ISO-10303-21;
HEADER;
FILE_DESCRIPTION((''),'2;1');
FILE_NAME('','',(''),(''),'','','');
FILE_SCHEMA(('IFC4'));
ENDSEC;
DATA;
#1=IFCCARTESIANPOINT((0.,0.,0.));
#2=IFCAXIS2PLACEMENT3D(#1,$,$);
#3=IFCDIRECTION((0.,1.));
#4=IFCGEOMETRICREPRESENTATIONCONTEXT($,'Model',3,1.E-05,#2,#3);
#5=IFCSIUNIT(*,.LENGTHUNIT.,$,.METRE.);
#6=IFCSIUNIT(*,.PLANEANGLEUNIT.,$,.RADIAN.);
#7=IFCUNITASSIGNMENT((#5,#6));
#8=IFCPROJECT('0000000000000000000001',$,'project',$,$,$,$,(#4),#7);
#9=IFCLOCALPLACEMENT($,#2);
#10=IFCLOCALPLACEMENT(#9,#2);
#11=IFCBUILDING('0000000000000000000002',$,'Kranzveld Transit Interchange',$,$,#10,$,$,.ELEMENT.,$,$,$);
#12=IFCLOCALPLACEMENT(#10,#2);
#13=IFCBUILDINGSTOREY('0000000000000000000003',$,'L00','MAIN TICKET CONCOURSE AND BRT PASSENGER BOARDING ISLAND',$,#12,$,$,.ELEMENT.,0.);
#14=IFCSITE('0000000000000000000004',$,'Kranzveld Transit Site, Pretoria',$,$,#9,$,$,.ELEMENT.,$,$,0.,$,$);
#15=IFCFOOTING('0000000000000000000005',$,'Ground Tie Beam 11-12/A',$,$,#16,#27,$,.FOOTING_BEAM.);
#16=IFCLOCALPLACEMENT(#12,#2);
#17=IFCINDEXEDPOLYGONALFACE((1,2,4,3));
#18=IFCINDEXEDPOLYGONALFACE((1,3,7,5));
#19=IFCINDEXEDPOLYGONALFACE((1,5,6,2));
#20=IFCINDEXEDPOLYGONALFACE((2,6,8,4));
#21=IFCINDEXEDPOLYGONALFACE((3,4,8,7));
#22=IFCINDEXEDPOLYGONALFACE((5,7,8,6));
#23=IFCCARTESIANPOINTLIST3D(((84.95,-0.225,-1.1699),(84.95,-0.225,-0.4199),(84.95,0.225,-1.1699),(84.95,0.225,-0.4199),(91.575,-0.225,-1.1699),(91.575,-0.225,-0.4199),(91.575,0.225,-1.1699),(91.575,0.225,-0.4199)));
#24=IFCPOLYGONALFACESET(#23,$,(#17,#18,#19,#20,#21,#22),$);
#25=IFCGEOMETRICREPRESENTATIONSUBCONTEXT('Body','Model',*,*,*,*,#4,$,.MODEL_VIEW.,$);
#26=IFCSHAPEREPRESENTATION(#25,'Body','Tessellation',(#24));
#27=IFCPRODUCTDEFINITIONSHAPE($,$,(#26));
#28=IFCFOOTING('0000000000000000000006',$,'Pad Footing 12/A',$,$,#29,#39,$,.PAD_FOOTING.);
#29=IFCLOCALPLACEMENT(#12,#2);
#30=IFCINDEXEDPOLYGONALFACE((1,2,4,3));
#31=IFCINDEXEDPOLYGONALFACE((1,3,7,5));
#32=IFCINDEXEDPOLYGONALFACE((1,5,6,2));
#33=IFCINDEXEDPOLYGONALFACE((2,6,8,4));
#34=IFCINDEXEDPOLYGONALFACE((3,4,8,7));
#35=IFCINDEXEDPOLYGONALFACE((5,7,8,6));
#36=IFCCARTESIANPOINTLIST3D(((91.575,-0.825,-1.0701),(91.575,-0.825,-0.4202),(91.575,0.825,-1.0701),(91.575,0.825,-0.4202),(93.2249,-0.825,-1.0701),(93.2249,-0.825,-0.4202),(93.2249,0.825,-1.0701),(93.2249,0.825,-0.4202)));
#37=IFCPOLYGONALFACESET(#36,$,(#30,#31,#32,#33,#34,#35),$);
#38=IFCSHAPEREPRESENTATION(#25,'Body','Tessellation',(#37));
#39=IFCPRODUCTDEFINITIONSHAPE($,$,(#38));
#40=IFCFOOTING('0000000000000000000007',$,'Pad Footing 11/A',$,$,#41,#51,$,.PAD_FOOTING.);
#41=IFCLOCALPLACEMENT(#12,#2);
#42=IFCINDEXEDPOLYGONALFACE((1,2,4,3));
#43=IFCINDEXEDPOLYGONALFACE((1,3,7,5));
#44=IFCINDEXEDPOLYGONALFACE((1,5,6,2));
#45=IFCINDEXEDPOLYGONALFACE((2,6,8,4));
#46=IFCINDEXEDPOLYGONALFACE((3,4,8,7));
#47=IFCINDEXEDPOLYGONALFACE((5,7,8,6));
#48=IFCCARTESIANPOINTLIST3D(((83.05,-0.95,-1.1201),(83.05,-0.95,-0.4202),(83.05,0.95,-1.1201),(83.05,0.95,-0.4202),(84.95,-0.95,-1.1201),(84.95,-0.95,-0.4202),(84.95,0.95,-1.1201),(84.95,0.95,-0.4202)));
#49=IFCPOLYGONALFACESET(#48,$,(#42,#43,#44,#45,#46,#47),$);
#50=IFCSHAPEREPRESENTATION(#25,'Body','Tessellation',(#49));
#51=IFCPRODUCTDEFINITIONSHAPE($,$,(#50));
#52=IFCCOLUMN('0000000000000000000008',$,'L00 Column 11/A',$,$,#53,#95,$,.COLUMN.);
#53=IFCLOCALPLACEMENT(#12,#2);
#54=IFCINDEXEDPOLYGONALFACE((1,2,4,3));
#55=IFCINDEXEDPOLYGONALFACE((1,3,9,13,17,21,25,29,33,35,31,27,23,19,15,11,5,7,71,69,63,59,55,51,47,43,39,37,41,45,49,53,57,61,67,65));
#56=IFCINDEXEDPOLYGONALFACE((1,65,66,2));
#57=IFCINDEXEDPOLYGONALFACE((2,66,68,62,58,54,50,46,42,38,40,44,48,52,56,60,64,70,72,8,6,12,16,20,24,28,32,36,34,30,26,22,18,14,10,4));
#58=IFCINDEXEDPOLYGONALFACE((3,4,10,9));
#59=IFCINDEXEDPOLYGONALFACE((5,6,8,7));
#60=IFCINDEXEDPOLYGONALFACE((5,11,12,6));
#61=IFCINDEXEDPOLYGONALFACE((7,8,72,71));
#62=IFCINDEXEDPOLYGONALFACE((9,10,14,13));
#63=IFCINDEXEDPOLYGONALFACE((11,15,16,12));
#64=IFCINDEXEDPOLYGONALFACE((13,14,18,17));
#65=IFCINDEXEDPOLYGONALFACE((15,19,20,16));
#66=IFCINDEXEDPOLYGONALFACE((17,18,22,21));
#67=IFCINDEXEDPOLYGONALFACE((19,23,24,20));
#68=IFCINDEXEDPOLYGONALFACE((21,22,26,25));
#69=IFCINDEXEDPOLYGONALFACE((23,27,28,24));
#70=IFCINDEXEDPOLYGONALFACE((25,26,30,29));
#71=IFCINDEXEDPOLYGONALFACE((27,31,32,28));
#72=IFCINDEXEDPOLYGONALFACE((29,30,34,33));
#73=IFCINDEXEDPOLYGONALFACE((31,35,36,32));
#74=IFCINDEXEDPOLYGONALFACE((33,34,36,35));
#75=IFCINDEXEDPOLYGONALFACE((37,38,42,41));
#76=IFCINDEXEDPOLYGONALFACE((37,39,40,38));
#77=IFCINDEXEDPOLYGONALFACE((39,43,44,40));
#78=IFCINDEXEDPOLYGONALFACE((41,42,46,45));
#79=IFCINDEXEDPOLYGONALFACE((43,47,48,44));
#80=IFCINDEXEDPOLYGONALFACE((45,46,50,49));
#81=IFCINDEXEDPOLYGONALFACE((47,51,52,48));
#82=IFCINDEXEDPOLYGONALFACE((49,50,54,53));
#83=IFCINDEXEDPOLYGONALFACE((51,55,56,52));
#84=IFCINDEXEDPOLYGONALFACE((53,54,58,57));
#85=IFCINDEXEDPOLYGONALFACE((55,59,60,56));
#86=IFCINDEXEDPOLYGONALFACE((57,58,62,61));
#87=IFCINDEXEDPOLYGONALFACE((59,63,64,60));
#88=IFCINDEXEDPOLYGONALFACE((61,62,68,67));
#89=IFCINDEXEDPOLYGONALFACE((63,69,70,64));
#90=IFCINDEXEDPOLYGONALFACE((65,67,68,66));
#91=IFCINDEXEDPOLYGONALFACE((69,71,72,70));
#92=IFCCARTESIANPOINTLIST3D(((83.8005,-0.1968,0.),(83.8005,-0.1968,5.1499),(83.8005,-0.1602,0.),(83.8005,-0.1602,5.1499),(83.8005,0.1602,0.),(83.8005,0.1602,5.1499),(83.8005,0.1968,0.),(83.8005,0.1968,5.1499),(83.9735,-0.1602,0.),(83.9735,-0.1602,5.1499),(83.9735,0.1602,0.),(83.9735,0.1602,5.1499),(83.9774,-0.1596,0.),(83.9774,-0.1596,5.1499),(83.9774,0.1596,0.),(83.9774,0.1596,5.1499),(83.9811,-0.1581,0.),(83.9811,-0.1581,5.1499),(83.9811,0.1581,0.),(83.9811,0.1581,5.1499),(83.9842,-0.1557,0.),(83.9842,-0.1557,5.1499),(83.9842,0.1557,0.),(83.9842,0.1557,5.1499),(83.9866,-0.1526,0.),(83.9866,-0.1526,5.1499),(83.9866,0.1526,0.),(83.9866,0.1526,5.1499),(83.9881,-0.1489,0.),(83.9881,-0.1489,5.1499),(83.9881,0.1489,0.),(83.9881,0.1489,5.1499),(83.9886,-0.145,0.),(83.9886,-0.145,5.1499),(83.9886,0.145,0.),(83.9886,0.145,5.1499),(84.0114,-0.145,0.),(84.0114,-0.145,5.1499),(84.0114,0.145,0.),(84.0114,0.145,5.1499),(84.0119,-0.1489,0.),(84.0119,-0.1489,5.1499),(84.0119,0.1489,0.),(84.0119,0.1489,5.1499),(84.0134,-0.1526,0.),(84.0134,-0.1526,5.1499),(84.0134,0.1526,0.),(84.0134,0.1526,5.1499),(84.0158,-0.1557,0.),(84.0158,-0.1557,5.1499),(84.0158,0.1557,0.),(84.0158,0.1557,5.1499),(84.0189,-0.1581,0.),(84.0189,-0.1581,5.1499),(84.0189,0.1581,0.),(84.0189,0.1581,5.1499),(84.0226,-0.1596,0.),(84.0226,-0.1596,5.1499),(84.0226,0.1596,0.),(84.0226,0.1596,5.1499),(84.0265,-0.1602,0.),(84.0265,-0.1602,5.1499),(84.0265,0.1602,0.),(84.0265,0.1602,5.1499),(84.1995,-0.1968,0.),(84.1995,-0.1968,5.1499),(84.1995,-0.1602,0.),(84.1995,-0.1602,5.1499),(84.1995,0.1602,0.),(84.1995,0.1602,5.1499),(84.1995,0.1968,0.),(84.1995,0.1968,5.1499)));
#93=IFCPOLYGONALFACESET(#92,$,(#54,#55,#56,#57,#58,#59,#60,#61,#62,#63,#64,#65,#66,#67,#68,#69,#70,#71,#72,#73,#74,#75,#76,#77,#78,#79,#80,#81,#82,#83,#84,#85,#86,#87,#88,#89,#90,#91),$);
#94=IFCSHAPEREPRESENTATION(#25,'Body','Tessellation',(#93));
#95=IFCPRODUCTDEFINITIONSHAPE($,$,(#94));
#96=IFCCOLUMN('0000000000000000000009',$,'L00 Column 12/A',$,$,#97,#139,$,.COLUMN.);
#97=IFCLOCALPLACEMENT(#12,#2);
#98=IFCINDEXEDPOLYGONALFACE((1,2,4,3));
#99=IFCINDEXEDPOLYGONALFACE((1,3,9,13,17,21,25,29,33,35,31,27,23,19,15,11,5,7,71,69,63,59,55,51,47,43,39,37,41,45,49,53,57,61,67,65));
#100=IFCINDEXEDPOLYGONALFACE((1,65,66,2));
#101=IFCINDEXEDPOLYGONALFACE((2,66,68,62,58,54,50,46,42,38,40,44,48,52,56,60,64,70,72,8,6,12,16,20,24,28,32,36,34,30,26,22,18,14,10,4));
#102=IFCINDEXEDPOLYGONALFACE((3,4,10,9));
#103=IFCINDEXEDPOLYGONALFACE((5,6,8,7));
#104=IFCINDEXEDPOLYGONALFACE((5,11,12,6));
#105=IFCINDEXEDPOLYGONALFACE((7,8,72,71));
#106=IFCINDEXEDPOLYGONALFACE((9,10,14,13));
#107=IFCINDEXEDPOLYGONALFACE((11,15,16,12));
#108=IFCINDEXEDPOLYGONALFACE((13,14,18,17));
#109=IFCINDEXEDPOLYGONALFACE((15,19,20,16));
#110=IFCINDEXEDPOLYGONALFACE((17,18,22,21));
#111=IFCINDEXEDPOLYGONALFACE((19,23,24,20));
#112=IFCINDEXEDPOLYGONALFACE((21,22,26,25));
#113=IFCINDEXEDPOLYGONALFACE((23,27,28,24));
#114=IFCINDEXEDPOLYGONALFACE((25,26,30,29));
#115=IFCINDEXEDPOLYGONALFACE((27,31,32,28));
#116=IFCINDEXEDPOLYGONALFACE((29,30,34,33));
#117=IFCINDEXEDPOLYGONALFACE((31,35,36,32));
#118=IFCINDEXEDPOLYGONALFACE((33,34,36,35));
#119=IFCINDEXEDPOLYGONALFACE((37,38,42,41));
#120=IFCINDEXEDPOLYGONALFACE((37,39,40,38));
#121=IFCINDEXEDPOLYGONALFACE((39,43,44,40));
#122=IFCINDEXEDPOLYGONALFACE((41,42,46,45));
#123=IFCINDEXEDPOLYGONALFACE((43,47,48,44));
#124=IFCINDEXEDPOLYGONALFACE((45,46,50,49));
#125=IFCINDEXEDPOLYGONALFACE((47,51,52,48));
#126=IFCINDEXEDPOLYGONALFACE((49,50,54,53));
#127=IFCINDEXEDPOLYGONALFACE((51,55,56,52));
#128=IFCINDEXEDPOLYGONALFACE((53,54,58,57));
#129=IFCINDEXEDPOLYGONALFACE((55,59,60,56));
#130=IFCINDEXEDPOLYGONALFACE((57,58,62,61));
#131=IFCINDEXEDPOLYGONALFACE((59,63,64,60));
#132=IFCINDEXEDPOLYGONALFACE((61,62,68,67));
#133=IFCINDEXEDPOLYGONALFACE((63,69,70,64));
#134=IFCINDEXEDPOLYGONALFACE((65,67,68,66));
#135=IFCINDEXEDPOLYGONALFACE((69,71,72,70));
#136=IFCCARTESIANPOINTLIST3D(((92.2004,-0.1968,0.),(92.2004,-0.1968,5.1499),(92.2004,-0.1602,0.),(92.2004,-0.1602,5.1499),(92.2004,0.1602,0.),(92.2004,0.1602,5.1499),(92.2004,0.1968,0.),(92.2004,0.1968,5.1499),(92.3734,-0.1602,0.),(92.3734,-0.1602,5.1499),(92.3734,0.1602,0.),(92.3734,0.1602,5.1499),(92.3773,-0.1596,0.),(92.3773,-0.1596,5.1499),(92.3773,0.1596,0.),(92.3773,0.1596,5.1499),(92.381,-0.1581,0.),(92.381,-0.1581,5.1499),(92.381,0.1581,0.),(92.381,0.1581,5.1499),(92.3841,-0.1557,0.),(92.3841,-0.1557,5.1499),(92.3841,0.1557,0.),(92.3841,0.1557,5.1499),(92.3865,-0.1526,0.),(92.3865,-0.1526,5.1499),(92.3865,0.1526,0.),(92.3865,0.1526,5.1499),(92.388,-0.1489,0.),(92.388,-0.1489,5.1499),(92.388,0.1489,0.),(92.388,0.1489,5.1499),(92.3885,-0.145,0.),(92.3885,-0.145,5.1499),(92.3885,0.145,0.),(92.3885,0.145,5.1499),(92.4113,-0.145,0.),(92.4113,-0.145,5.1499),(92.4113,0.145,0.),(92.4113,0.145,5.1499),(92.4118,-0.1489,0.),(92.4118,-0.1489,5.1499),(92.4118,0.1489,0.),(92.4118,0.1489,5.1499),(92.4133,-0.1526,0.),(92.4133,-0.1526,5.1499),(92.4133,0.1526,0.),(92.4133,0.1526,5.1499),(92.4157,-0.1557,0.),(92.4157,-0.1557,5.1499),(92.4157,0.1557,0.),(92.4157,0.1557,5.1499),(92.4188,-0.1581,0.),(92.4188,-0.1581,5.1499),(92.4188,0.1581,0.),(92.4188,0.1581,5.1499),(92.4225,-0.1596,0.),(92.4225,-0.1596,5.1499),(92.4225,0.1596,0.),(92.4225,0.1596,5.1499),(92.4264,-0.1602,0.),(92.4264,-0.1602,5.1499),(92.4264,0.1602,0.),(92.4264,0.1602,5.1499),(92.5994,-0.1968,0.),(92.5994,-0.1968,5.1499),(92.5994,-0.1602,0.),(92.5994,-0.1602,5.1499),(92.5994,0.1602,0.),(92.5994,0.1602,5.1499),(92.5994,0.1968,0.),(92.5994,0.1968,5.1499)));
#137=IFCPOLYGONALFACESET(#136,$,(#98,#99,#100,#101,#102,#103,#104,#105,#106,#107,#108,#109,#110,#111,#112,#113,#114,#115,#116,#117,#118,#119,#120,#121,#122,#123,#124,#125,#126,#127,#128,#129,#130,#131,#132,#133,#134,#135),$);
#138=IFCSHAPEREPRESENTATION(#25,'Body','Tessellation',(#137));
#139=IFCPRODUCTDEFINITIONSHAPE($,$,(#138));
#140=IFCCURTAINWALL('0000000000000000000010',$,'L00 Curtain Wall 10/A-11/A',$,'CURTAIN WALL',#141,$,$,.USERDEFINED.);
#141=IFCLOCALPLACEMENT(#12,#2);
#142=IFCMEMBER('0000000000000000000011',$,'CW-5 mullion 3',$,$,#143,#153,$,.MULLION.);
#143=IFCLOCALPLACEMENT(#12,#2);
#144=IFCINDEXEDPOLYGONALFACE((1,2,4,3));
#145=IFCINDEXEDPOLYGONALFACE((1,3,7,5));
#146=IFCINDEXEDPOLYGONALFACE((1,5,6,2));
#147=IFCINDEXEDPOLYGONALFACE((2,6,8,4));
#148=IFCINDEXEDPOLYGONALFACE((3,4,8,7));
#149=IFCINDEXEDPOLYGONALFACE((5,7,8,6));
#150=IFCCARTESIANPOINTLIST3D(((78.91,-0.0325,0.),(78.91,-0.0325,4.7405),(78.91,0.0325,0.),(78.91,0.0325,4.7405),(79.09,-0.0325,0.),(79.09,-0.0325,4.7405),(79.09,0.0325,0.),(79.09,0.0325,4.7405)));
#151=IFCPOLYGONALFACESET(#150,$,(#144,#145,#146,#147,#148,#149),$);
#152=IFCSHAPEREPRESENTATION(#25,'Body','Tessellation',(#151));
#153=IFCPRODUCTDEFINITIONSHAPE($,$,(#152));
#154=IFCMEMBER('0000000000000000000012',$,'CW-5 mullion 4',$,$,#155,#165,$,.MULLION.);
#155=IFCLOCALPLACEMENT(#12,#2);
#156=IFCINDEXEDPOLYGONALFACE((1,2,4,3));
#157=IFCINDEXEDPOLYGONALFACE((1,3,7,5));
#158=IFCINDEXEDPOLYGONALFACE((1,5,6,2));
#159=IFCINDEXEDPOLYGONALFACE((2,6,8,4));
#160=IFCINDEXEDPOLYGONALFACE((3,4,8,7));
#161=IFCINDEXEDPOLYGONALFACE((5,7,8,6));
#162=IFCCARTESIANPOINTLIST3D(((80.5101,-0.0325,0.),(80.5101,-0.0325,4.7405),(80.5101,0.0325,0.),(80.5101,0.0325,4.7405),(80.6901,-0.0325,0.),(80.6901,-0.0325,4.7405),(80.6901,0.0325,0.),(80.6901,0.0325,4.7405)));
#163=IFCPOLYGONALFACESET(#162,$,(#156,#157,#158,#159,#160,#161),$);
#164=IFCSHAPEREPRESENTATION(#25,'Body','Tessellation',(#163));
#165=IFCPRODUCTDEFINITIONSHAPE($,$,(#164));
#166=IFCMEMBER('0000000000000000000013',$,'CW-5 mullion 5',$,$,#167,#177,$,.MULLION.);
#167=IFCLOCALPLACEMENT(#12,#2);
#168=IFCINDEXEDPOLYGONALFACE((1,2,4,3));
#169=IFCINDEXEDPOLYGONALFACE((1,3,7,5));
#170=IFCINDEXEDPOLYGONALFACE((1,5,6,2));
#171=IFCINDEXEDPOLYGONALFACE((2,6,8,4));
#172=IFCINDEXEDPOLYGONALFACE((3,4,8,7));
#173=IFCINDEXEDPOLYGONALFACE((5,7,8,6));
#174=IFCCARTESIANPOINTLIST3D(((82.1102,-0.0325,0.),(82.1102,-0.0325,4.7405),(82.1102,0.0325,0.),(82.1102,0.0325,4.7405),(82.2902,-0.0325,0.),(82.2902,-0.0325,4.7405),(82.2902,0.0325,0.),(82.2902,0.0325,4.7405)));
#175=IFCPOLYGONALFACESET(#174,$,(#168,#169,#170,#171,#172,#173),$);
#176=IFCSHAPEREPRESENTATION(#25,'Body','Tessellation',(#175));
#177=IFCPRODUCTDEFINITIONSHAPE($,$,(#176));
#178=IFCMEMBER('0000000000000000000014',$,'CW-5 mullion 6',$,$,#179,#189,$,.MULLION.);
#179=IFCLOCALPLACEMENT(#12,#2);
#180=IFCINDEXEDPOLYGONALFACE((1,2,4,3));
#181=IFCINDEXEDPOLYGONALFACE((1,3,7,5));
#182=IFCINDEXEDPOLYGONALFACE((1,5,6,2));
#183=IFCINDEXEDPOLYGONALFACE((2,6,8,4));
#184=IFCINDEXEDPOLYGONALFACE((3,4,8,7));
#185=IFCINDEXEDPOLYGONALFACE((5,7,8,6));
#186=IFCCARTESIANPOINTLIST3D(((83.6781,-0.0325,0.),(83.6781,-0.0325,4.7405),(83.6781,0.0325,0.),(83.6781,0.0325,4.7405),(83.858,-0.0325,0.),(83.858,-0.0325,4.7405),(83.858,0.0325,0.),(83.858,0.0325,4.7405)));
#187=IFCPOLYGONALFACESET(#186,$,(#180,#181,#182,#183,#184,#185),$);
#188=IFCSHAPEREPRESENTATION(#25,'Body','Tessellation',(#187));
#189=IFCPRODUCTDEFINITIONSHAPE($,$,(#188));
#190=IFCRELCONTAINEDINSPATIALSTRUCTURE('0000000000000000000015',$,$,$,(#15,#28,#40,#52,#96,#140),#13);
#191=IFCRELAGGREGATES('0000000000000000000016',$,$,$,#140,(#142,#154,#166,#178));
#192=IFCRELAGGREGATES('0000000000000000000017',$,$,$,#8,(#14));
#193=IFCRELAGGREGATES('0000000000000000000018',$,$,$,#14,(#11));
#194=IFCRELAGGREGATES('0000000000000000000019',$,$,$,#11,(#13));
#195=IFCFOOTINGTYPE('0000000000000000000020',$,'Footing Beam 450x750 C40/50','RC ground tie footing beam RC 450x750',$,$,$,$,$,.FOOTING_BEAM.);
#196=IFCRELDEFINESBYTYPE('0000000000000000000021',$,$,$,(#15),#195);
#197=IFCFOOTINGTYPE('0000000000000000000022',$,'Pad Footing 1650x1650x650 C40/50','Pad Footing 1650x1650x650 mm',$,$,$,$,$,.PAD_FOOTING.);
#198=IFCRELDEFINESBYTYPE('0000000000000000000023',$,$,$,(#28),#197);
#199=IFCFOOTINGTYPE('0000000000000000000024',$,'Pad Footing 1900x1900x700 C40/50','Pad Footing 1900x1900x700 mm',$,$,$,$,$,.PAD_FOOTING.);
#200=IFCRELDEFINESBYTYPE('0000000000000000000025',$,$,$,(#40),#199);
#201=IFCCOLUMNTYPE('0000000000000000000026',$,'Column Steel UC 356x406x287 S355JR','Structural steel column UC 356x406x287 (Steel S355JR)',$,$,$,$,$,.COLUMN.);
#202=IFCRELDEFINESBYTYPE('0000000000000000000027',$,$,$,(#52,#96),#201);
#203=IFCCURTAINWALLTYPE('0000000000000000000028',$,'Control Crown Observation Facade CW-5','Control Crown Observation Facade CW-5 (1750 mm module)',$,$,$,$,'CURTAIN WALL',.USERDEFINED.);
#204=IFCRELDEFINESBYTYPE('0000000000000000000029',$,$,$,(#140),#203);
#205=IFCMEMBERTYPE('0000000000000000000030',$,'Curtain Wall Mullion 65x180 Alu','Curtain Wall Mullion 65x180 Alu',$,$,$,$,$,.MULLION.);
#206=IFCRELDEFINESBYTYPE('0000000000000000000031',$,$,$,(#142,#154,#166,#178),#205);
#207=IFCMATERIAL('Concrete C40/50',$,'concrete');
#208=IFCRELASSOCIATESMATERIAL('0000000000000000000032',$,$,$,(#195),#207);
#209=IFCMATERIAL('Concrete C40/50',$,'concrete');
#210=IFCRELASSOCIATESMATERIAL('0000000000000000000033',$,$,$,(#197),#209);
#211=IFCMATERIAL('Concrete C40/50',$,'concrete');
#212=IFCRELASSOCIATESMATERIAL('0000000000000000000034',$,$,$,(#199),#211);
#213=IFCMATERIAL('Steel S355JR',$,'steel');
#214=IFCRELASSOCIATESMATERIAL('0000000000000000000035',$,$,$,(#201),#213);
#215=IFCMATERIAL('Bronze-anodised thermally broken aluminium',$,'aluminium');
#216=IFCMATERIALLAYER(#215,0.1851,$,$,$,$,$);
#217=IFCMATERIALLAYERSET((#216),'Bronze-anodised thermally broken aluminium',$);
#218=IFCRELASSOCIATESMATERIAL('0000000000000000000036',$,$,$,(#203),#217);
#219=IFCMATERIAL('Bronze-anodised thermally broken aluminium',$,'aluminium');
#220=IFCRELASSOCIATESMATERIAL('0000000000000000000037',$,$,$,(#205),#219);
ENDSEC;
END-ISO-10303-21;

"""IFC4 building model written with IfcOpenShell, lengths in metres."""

from ifc_helpers import new_model, si_unit, direction, frame, origin, origin_2d, place, context, subcontext, project, spatial, rectangle, i_section, extrude, material, layer, layer_set, material_profile, profile_set, type_object, element, aggregate, save


model = new_model("IFC4")

# Units and contexts
model_context = context("Model", 3, precision=1e-05, world=origin(), true_north=direction((0.0, 1.0)))
body_context = subcontext(model_context, "Body", "Model", "MODEL_VIEW")
ifc_project = project(units=[si_unit("LENGTHUNIT", "METRE"), si_unit("PLANEANGLEUNIT", "RADIAN")], contexts=[model_context])

# Site, building, storey
site_placement = place(None, origin())
site = spatial("IfcSite", under=ifc_project, at=site_placement, Name="Kranzveld Transit Site, Pretoria", CompositionType="ELEMENT", RefElevation=0.0)
building_placement = place(site_placement, origin())
building = spatial("IfcBuilding", under=site, at=building_placement, Name="Kranzveld Transit Interchange", CompositionType="ELEMENT")
storey_placement = place(building_placement, origin())
storey = spatial("IfcBuildingStorey", under=building, at=storey_placement, Name="L00", Description="MAIN TICKET CONCOURSE AND BRT PASSENGER BOARDING ISLAND", CompositionType="ELEMENT", Elevation=0.0)

# Footings
ifc_material_1 = material(Name="Concrete C40/50", Category="concrete")
ifc_material_profile_1 = material_profile(ifc_material_1, rectangle(XDim=0.45, YDim=0.75, at=origin_2d()), Name="RC 450x750")
ifc_profile_set_1 = profile_set([ifc_material_profile_1], Name="Concrete C40/50")
footing_type_1 = type_object("IfcFootingType", Name="Footing Beam 450x750 C40/50", Description="RC ground tie footing beam RC 450x750", PredefinedType="FOOTING_BEAM", material=ifc_profile_set_1)
footing_1_placement = place(storey_placement, frame((84.95, 0.0, -0.7949), z_axis=(1.0, 0.0, 0.0), x_axis=(0.0, 1.0, 0.0)))
element("IfcFooting", 1, at=footing_1_placement, inside=storey, type_object=footing_type_1, Name="Ground Tie Beam 11-12/A", PredefinedType="FOOTING_BEAM", context=body_context, shape_type="SweptSolid", body=[
    extrude(rectangle(XDim=0.45, YDim=0.75, at=origin_2d()), origin(), (0.0, 0.0, 1.0), 6.625),
])
ifc_material_2 = material(Name="Concrete C40/50", Category="concrete")
footing_type_2 = type_object("IfcFootingType", Name="Pad Footing 1650x1650x650 C40/50", Description="Pad Footing 1650x1650x650 mm", PredefinedType="PAD_FOOTING", material=ifc_material_2)
footing_2_placement = place(storey_placement, frame((92.3999, 0.0, -1.0701), z_axis=(0.0, 0.0, 1.0), x_axis=(1.0, 0.0, 0.0)))
element("IfcFooting", 2, at=footing_2_placement, inside=storey, type_object=footing_type_2, Name="Pad Footing 12/A", PredefinedType="PAD_FOOTING", context=body_context, shape_type="SweptSolid", body=[
    extrude(rectangle(XDim=1.6499, YDim=1.6499, at=origin_2d()), origin(), (0.0, 0.0, 1.0), 0.6499),
])
ifc_material_3 = material(Name="Concrete C40/50", Category="concrete")
footing_type_3 = type_object("IfcFootingType", Name="Pad Footing 1900x1900x700 C40/50", Description="Pad Footing 1900x1900x700 mm", PredefinedType="PAD_FOOTING", material=ifc_material_3)
footing_3_placement = place(storey_placement, frame((84.0, 0.0, -1.1201), z_axis=(0.0, 0.0, 1.0), x_axis=(1.0, 0.0, 0.0)))
element("IfcFooting", 3, at=footing_3_placement, inside=storey, type_object=footing_type_3, Name="Pad Footing 11/A", PredefinedType="PAD_FOOTING", context=body_context, shape_type="SweptSolid", body=[
    extrude(rectangle(XDim=1.8999, YDim=1.8999, at=origin_2d()), origin(), (0.0, 0.0, 1.0), 0.7),
])

# Columns
ifc_material_4 = material(Name="Steel S355JR", Category="steel")
ifc_material_profile_2 = material_profile(ifc_material_4, i_section(OverallWidth=0.3989, OverallDepth=0.3936, WebThickness=0.0227, FlangeThickness=0.0366, FilletRadius=0.0151, at=origin_2d()), Name="UC 356x406x287")
ifc_profile_set_2 = profile_set([ifc_material_profile_2], Name="Steel S355JR")
column_type = type_object("IfcColumnType", Name="Column Steel UC 356x406x287 S355JR", Description="Structural steel column UC 356x406x287 (Steel S355JR)", PredefinedType="COLUMN", material=ifc_profile_set_2)
for number, where, z_axis, x_axis, name in (
    (4, (84.0, 0.0, 0.0), (0.0, 0.0, 1.0), (1.0, 0.0, 0.0), "L00 Column 11/A"),
    (5, (92.3999, 0.0, 0.0), (0.0, 0.0, 1.0), (1.0, 0.0, 0.0), "L00 Column 12/A"),
):
    element("IfcColumn", number, at=place(storey_placement, frame(where, z_axis=z_axis, x_axis=x_axis)), inside=storey, type_object=column_type, Name=name, PredefinedType="COLUMN", context=body_context, shape_type="SweptSolid", body=[
        extrude(i_section(OverallWidth=0.3989, OverallDepth=0.3936, WebThickness=0.0227, FlangeThickness=0.0366, FilletRadius=0.0151, at=origin_2d()), origin(), (0.0, 0.0, 1.0), 5.1499),
    ])

# Curtain wall, members
ifc_material_5 = material(Name="Bronze-anodised thermally broken aluminium", Category="aluminium")
ifc_layer_1 = layer(ifc_material_5, 0.1851)
ifc_layer_set_1 = layer_set([ifc_layer_1], Name="Bronze-anodised thermally broken aluminium")
curtain_wall_type = type_object("IfcCurtainWallType", Name="Control Crown Observation Facade CW-5", Description="Control Crown Observation Facade CW-5 (1750 mm module)", ElementType="CURTAIN WALL", PredefinedType="USERDEFINED", material=ifc_layer_set_1)
curtain_wall_placement = place(storey_placement, origin())
curtain_wall = element("IfcCurtainWall", 6, at=curtain_wall_placement, inside=storey, type_object=curtain_wall_type, Name="L00 Curtain Wall 10/A-11/A", ObjectType="CURTAIN WALL", PredefinedType="USERDEFINED")
ifc_material_6 = material(Name="Bronze-anodised thermally broken aluminium", Category="aluminium")
ifc_material_profile_3 = material_profile(ifc_material_6, rectangle(XDim=0.0649, YDim=0.1799, at=origin_2d()), Name="ALU MULLION 65x180")
ifc_profile_set_3 = profile_set([ifc_material_profile_3], Name="Bronze-anodised thermally broken aluminium")
member_type_1 = type_object("IfcMemberType", Name="Curtain Wall Mullion 65x180 Alu", Description="Curtain Wall Mullion 65x180 Alu", PredefinedType="MULLION", material=ifc_profile_set_3)
member_1_placement = place(storey_placement, frame((79.0, 0.0, 0.0), z_axis=(0.0, 0.0, 1.0), x_axis=(0.0, 1.0, 0.0)))
member_1 = element("IfcMember", 7, at=member_1_placement, type_object=member_type_1, Name="CW-5 mullion 3", PredefinedType="MULLION", context=body_context, shape_type="SweptSolid", body=[
    extrude(rectangle(XDim=0.0649, YDim=0.1799, at=origin_2d()), origin(), (0.0, 0.0, 1.0), 4.7405),
])
member_2_placement = place(storey_placement, frame((80.6001, 0.0, 0.0), z_axis=(0.0, 0.0, 1.0), x_axis=(0.0, 1.0, 0.0)))
member_2 = element("IfcMember", 8, at=member_2_placement, type_object=member_type_1, Name="CW-5 mullion 4", PredefinedType="MULLION", context=body_context, shape_type="SweptSolid", body=[
    extrude(rectangle(XDim=0.0649, YDim=0.1799, at=origin_2d()), origin(), (0.0, 0.0, 1.0), 4.7405),
])
member_3_placement = place(storey_placement, frame((82.2002, 0.0, 0.0), z_axis=(0.0, 0.0, 1.0), x_axis=(0.0, 1.0, 0.0)))
member_3 = element("IfcMember", 9, at=member_3_placement, type_object=member_type_1, Name="CW-5 mullion 5", PredefinedType="MULLION", context=body_context, shape_type="SweptSolid", body=[
    extrude(rectangle(XDim=0.0649, YDim=0.1799, at=origin_2d()), origin(), (0.0, 0.0, 1.0), 4.7405),
])
member_4_placement = place(storey_placement, frame((83.7681, 0.0, 0.0), z_axis=(0.0, 0.0, 1.0), x_axis=(0.0, 1.0, 0.0)))
member_4 = element("IfcMember", 10, at=member_4_placement, type_object=member_type_1, Name="CW-5 mullion 6", PredefinedType="MULLION", context=body_context, shape_type="SweptSolid", body=[
    extrude(rectangle(XDim=0.0649, YDim=0.1799, at=origin_2d()), origin(), (0.0, 0.0, 1.0), 4.7405),
])

aggregate(curtain_wall, [member_1, member_2, member_3, member_4])

save(model, "model.ifc")
